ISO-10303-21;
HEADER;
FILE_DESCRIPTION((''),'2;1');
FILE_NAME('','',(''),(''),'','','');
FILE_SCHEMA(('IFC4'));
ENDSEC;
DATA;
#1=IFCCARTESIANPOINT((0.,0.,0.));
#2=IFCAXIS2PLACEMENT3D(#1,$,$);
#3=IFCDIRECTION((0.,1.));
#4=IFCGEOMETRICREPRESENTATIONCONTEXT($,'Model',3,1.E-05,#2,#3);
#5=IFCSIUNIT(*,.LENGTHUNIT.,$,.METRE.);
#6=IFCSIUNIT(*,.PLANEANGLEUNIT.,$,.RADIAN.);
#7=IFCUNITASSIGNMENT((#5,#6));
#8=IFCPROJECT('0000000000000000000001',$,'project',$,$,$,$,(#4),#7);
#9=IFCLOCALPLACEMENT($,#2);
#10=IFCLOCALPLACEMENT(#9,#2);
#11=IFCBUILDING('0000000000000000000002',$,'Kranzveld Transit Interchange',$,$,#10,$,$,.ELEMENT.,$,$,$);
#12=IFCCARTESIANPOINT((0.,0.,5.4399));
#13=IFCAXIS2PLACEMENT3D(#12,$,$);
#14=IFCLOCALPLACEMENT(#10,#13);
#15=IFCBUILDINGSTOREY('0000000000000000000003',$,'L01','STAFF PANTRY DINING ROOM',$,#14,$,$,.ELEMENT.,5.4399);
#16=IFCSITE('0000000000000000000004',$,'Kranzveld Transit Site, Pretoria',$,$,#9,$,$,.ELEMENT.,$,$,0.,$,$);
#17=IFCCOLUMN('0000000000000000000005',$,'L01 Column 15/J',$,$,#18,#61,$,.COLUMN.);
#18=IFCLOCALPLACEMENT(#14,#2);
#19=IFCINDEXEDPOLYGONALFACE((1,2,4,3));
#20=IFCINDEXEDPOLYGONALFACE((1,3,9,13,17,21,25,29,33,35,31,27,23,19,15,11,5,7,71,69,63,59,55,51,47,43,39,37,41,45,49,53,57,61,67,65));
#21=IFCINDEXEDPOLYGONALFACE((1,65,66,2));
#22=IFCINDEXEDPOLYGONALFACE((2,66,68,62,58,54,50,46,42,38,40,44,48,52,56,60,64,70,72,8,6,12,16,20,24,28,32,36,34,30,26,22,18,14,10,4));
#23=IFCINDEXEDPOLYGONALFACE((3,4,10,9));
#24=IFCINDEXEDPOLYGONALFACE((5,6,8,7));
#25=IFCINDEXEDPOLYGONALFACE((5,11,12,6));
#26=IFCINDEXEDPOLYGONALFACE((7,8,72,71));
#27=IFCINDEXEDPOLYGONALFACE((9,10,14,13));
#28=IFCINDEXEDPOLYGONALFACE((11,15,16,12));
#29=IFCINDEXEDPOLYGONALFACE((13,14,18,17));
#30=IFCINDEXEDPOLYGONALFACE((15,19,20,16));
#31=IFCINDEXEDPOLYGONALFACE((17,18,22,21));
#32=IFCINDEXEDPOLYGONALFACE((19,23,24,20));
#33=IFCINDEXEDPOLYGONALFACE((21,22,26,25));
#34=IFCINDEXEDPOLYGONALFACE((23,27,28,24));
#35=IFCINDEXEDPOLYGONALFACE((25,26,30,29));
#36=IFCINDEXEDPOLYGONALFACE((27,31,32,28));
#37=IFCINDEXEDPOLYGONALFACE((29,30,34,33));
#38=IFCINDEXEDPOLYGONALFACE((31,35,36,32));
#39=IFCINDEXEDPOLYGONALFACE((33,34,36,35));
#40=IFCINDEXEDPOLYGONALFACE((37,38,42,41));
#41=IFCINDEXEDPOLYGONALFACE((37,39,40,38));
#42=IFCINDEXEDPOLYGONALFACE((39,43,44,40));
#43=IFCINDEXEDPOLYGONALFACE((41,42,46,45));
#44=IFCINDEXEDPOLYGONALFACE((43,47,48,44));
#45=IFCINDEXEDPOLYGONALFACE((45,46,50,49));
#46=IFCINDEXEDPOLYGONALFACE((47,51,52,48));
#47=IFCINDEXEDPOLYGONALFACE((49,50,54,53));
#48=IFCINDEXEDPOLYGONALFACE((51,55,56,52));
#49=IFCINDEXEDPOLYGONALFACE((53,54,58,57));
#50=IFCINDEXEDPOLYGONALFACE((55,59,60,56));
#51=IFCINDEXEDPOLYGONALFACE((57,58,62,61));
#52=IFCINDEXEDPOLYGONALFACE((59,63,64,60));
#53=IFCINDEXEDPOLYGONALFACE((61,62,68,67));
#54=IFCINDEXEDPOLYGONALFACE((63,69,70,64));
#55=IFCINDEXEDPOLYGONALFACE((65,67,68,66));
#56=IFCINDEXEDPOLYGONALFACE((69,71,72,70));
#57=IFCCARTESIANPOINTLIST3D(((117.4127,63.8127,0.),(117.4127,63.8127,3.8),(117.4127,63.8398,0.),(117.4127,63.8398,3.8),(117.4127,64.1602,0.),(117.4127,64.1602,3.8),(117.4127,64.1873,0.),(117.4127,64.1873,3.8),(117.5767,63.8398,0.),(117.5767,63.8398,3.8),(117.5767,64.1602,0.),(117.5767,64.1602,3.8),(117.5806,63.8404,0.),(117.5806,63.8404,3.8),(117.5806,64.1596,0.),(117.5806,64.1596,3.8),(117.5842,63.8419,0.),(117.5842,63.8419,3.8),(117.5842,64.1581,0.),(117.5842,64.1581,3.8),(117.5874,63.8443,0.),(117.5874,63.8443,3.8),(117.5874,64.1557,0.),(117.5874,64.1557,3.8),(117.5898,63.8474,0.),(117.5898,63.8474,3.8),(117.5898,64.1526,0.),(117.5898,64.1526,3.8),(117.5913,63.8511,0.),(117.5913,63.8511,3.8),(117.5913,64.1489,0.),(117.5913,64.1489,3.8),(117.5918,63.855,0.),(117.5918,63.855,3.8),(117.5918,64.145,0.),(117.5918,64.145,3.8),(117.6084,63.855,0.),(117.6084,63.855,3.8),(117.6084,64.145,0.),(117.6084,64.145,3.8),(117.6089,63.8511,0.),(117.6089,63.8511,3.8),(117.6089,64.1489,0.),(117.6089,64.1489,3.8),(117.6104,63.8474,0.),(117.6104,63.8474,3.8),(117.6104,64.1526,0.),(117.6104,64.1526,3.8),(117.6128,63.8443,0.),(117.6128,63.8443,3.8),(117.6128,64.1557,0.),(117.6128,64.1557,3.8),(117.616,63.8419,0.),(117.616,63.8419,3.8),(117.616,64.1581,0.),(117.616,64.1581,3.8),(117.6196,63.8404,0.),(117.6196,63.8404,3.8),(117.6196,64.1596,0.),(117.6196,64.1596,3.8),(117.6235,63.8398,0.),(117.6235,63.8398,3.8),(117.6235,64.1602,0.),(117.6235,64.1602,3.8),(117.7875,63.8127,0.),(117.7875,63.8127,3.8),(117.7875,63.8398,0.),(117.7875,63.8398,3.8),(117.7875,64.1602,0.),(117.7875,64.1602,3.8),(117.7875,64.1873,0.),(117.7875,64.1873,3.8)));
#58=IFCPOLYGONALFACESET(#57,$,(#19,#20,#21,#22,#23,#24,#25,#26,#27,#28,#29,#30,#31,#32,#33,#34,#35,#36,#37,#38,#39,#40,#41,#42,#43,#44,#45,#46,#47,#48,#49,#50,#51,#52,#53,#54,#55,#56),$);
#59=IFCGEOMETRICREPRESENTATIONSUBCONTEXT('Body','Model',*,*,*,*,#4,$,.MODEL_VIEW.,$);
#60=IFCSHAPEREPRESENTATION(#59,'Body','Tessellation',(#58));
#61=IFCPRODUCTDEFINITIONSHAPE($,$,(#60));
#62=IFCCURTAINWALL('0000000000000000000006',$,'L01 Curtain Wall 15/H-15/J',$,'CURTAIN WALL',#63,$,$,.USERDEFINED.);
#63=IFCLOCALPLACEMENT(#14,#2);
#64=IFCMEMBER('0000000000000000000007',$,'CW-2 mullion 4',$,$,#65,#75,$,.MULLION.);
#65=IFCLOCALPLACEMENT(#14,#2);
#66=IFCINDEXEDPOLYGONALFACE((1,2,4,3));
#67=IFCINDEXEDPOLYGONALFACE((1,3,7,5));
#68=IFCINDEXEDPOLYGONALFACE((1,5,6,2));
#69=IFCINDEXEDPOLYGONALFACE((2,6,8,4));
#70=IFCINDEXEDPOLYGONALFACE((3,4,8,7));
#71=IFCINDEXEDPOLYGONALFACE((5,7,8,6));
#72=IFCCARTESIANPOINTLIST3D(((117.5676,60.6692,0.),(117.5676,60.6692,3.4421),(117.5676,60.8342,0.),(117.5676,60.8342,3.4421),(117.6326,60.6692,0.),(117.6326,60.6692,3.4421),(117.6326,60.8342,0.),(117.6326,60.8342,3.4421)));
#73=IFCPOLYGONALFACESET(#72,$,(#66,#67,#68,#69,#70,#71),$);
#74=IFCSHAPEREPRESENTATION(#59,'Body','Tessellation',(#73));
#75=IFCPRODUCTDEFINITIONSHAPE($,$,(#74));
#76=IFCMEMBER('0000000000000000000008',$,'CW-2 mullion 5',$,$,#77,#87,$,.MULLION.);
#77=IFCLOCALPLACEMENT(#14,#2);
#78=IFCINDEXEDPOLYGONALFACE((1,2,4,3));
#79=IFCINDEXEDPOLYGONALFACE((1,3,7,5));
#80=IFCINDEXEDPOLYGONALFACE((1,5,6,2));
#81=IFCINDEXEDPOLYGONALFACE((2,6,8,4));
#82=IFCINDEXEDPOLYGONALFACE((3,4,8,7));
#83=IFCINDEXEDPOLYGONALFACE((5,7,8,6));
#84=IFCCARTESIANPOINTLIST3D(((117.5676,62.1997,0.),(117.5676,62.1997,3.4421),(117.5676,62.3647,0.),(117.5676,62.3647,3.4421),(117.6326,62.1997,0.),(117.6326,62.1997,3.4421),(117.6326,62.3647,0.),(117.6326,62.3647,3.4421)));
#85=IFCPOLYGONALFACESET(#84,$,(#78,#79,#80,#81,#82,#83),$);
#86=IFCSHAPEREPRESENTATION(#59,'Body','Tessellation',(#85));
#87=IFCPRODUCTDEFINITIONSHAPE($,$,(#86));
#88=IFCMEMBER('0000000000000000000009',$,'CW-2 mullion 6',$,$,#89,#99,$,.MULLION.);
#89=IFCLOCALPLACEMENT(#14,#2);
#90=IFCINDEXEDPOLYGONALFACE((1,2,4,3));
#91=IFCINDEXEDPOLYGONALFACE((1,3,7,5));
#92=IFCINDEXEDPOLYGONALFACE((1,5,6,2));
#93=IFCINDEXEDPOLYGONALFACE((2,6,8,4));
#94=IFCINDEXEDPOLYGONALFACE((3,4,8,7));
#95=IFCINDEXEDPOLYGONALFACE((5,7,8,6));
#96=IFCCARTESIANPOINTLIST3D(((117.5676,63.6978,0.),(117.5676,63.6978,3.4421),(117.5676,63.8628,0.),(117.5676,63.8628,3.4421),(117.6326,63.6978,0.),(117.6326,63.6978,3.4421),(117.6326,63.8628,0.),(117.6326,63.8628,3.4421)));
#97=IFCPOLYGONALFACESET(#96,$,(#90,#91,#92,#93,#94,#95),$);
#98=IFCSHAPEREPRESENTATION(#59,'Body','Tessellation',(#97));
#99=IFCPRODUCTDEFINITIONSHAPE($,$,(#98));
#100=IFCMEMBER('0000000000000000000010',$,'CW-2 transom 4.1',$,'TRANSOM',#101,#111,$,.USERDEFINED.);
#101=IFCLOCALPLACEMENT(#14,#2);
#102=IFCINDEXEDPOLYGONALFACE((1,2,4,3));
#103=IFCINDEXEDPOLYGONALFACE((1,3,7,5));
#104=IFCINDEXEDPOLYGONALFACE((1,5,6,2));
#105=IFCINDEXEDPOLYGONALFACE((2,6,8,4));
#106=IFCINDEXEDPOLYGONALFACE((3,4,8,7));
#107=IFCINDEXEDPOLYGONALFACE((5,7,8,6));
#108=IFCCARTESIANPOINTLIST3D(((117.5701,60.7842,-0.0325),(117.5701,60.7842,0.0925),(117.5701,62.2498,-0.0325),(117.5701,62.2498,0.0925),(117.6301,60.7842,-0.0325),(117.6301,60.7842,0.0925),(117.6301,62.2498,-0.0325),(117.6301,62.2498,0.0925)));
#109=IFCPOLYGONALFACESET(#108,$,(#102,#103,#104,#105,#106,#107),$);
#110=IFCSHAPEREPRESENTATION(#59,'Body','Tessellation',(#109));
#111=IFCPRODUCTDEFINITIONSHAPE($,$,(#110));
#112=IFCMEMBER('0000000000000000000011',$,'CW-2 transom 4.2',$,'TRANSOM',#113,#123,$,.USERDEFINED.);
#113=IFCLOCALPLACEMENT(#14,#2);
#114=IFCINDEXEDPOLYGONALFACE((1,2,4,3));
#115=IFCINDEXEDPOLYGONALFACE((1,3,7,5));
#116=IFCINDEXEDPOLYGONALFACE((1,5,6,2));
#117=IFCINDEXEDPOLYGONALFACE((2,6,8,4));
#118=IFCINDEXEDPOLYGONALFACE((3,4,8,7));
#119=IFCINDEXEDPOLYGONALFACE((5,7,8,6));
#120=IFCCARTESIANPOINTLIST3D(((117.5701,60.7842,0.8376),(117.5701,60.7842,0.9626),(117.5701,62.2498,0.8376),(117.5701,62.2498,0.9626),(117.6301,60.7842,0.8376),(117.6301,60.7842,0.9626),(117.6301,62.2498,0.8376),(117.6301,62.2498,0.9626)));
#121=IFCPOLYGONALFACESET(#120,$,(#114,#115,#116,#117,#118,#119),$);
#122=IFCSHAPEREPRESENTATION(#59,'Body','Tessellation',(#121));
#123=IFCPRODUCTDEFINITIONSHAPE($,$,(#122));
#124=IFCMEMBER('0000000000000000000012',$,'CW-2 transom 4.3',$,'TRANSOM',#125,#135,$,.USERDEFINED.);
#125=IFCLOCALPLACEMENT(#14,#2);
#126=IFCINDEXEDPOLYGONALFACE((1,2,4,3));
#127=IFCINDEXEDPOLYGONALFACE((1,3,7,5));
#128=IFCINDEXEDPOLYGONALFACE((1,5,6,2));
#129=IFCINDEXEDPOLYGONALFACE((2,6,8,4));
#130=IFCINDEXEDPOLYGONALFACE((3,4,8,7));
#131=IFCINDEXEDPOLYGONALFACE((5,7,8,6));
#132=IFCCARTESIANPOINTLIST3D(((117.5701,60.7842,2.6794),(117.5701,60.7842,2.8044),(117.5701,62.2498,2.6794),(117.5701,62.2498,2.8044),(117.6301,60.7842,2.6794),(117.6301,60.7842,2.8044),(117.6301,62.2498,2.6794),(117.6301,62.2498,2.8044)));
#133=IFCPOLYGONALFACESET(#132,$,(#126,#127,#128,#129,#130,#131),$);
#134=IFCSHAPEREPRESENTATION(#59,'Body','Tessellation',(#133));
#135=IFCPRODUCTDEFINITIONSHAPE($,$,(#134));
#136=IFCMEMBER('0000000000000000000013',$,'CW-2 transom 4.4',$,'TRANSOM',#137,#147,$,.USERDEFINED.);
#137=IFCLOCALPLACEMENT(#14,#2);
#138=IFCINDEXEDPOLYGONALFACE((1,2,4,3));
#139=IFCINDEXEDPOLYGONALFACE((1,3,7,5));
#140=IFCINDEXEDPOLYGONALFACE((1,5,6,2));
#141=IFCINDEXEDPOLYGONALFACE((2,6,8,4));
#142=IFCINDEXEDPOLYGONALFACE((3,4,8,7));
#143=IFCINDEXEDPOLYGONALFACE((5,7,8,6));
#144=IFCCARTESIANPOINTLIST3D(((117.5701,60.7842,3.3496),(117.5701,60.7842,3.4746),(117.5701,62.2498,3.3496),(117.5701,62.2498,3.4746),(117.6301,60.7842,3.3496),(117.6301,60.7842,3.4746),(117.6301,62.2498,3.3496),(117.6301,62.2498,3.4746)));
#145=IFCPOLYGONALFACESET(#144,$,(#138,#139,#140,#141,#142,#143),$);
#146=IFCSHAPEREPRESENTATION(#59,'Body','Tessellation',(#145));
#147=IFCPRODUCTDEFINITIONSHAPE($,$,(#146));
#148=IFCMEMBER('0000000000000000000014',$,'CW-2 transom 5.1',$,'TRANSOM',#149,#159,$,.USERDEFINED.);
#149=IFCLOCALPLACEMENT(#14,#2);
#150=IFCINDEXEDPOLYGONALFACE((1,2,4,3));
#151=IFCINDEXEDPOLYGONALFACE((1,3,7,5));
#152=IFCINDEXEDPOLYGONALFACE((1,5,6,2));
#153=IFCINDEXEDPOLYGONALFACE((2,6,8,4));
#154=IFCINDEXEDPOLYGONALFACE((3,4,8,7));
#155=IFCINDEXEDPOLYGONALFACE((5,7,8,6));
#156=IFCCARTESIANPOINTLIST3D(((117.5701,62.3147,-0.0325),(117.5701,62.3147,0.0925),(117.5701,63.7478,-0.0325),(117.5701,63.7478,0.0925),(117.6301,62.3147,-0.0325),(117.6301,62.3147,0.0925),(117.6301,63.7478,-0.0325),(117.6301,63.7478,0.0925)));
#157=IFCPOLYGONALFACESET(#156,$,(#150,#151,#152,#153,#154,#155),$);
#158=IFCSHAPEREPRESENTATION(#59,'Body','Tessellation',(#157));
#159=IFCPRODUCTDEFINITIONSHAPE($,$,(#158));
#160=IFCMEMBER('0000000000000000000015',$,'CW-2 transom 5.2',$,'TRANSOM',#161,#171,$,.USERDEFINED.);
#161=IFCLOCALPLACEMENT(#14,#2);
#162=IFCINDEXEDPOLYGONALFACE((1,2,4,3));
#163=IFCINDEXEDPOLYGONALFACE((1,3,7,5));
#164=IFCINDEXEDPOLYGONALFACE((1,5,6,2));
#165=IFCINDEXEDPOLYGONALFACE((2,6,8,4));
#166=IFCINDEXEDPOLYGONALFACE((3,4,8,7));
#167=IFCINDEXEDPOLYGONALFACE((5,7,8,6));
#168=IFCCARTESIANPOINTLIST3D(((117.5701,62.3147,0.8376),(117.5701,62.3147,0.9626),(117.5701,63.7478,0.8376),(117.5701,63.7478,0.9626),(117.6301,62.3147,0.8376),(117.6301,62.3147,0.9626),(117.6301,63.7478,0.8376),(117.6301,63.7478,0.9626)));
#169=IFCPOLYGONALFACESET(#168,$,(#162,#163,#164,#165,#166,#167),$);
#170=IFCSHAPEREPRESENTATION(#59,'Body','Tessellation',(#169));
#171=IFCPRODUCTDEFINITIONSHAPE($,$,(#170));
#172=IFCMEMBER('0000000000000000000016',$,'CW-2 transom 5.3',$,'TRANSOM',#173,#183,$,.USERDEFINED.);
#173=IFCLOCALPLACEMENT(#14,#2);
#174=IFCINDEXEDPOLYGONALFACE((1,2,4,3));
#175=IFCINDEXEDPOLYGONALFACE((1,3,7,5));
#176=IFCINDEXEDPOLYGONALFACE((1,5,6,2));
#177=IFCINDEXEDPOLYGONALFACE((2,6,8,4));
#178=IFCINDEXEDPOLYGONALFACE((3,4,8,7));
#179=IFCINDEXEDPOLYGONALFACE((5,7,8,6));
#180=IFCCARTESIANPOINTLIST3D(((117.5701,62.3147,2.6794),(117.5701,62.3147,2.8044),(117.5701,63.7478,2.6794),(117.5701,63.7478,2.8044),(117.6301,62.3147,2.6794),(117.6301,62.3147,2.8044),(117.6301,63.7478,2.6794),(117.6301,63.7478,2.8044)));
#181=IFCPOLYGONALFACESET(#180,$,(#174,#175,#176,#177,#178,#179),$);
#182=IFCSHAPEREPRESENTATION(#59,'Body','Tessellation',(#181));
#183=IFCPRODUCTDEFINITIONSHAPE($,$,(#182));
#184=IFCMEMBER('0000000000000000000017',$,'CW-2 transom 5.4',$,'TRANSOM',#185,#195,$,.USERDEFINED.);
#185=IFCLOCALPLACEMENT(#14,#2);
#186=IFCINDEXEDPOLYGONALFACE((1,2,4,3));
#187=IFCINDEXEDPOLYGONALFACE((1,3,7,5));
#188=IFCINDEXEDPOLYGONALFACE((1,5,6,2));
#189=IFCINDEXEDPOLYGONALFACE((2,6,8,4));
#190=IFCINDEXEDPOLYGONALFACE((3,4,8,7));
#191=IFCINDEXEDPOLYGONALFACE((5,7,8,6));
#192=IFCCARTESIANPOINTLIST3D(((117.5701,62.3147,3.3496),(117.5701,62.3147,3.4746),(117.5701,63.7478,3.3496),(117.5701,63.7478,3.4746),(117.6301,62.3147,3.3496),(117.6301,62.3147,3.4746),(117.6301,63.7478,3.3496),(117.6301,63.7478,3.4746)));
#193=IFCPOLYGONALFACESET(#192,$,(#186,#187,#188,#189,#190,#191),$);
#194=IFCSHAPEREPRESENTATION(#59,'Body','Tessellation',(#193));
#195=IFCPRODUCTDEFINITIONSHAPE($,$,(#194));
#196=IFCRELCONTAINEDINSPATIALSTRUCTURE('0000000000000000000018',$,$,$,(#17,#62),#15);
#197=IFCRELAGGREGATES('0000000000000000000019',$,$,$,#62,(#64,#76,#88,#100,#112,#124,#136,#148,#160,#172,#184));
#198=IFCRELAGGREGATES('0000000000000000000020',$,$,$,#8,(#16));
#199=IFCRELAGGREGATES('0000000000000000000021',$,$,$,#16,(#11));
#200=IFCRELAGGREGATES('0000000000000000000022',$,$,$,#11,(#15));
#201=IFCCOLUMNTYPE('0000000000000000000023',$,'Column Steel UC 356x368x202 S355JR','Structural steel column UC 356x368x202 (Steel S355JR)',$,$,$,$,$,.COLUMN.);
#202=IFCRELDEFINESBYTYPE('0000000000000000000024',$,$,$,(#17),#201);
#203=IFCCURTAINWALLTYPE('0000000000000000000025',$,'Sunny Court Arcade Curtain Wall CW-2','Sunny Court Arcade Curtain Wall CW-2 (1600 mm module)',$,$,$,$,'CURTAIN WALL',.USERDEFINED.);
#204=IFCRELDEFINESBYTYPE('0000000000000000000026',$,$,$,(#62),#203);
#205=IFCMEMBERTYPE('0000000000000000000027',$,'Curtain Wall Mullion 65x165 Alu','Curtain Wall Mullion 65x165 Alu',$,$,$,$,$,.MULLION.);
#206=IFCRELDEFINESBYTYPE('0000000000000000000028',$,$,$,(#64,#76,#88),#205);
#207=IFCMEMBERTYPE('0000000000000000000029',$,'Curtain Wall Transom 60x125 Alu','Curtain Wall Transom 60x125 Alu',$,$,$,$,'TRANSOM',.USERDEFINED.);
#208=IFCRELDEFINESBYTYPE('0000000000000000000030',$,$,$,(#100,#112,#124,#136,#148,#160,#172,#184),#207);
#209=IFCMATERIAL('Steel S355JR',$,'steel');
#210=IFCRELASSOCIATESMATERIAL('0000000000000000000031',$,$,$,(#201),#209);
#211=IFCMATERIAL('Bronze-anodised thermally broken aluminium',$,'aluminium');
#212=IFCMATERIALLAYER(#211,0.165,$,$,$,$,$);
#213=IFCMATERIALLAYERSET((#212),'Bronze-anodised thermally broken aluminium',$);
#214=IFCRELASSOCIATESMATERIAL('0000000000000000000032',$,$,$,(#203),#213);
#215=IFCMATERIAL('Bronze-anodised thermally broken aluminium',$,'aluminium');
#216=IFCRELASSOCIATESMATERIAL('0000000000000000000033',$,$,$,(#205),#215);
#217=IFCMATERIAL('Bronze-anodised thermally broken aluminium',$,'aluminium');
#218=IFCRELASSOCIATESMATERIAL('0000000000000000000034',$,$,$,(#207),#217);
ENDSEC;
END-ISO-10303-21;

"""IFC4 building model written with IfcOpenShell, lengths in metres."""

from ifc_helpers import new_model, si_unit, direction, frame, origin, origin_2d, place, context, subcontext, project, spatial, rectangle, i_section, extrude, material, layer, layer_set, material_profile, profile_set, type_object, element, aggregate, save


model = new_model("IFC4")

# Units and contexts
model_context = context("Model", 3, precision=1e-05, world=origin(), true_north=direction((0.0, 1.0)))
body_context = subcontext(model_context, "Body", "Model", "MODEL_VIEW")
ifc_project = project(units=[si_unit("LENGTHUNIT", "METRE"), si_unit("PLANEANGLEUNIT", "RADIAN")], contexts=[model_context])

# Site, building, storey
site_placement = place(None, origin())
site = spatial("IfcSite", under=ifc_project, at=site_placement, Name="Kranzveld Transit Site, Pretoria", CompositionType="ELEMENT", RefElevation=0.0)
building_placement = place(site_placement, origin())
building = spatial("IfcBuilding", under=site, at=building_placement, Name="Kranzveld Transit Interchange", CompositionType="ELEMENT")
storey_placement = place(building_placement, frame((0.0, 0.0, 5.4399)))
storey = spatial("IfcBuildingStorey", under=building, at=storey_placement, Name="L01", Description="STAFF PANTRY DINING ROOM", CompositionType="ELEMENT", Elevation=5.4399)

# Column
ifc_material_1 = material(Name="Steel S355JR", Category="steel")
ifc_material_profile_1 = material_profile(ifc_material_1, i_section(OverallWidth=0.3748, OverallDepth=0.3745, WebThickness=0.0166, FlangeThickness=0.0271, FilletRadius=0.0151, at=origin_2d()), Name="UC 356x368x202")
ifc_profile_set_1 = profile_set([ifc_material_profile_1], Name="Steel S355JR")
column_type = type_object("IfcColumnType", Name="Column Steel UC 356x368x202 S355JR", Description="Structural steel column UC 356x368x202 (Steel S355JR)", PredefinedType="COLUMN", material=ifc_profile_set_1)
column_placement = place(storey_placement, frame((117.6001, 64.0, 0.0), z_axis=(0.0, 0.0, 1.0), x_axis=(1.0, 0.0, 0.0)))
element("IfcColumn", 1, at=column_placement, inside=storey, type_object=column_type, Name="L01 Column 15/J", PredefinedType="COLUMN", context=body_context, shape_type="SweptSolid", body=[
    extrude(i_section(OverallWidth=0.3748, OverallDepth=0.3745, WebThickness=0.0166, FlangeThickness=0.0271, FilletRadius=0.0151, at=origin_2d()), origin(), (0.0, 0.0, 1.0), 3.8),
])

# Curtain wall, members
ifc_material_2 = material(Name="Bronze-anodised thermally broken aluminium", Category="aluminium")
ifc_layer_1 = layer(ifc_material_2, 0.165)
ifc_layer_set_1 = layer_set([ifc_layer_1], Name="Bronze-anodised thermally broken aluminium")
curtain_wall_type = type_object("IfcCurtainWallType", Name="Sunny Court Arcade Curtain Wall CW-2", Description="Sunny Court Arcade Curtain Wall CW-2 (1600 mm module)", ElementType="CURTAIN WALL", PredefinedType="USERDEFINED", material=ifc_layer_set_1)
curtain_wall_placement = place(storey_placement, origin())
curtain_wall = element("IfcCurtainWall", 2, at=curtain_wall_placement, inside=storey, type_object=curtain_wall_type, Name="L01 Curtain Wall 15/H-15/J", ObjectType="CURTAIN WALL", PredefinedType="USERDEFINED")
ifc_material_3 = material(Name="Bronze-anodised thermally broken aluminium", Category="aluminium")
ifc_material_profile_2 = material_profile(ifc_material_3, rectangle(XDim=0.0649, YDim=0.165, at=origin_2d()), Name="ALU MULLION 65x165")
ifc_profile_set_2 = profile_set([ifc_material_profile_2], Name="Bronze-anodised thermally broken aluminium")
member_type_1 = type_object("IfcMemberType", Name="Curtain Wall Mullion 65x165 Alu", Description="Curtain Wall Mullion 65x165 Alu", PredefinedType="MULLION", material=ifc_profile_set_2)
member_1_placement = place(storey_placement, frame((117.6001, 60.7517, 0.0), z_axis=(0.0, 0.0, 1.0), x_axis=(-1.0, 0.0, 0.0)))
member_1 = element("IfcMember", 3, at=member_1_placement, type_object=member_type_1, Name="CW-2 mullion 4", PredefinedType="MULLION", context=body_context, shape_type="SweptSolid", body=[
    extrude(rectangle(XDim=0.0649, YDim=0.165, at=origin_2d()), origin(), (0.0, 0.0, 1.0), 3.4421),
])
member_2_placement = place(storey_placement, frame((117.6001, 62.2822, 0.0), z_axis=(0.0, 0.0, 1.0), x_axis=(-1.0, 0.0, 0.0)))
member_2 = element("IfcMember", 4, at=member_2_placement, type_object=member_type_1, Name="CW-2 mullion 5", PredefinedType="MULLION", context=body_context, shape_type="SweptSolid", body=[
    extrude(rectangle(XDim=0.0649, YDim=0.165, at=origin_2d()), origin(), (0.0, 0.0, 1.0), 3.4421),
])
member_3_placement = place(storey_placement, frame((117.6001, 63.7803, 0.0), z_axis=(0.0, 0.0, 1.0), x_axis=(-1.0, 0.0, 0.0)))
member_3 = element("IfcMember", 5, at=member_3_placement, type_object=member_type_1, Name="CW-2 mullion 6", PredefinedType="MULLION", context=body_context, shape_type="SweptSolid", body=[
    extrude(rectangle(XDim=0.0649, YDim=0.165, at=origin_2d()), origin(), (0.0, 0.0, 1.0), 3.4421),
])
ifc_material_4 = material(Name="Bronze-anodised thermally broken aluminium", Category="aluminium")
ifc_material_profile_3 = material_profile(ifc_material_4, rectangle(XDim=0.0601, YDim=0.125, at=origin_2d()), Name="ALU TRANSOM 60x125")
ifc_profile_set_3 = profile_set([ifc_material_profile_3], Name="Bronze-anodised thermally broken aluminium")
member_type_2 = type_object("IfcMemberType", Name="Curtain Wall Transom 60x125 Alu", Description="Curtain Wall Transom 60x125 Alu", ElementType="TRANSOM", PredefinedType="USERDEFINED", material=ifc_profile_set_3)
member_4_placement = place(storey_placement, frame((117.6001, 60.7842, 0.03), z_axis=(0.0, 1.0, 0.0), x_axis=(-1.0, 0.0, 0.0)))
member_4 = element("IfcMember", 6, at=member_4_placement, type_object=member_type_2, Name="CW-2 transom 4.1", ObjectType="TRANSOM", PredefinedType="USERDEFINED", context=body_context, shape_type="SweptSolid", body=[
    extrude(rectangle(XDim=0.0601, YDim=0.125, at=origin_2d()), origin(), (0.0, 0.0, 1.0), 1.4656),
])
member_5_placement = place(storey_placement, frame((117.6001, 60.7842, 0.9001), z_axis=(0.0, 1.0, 0.0), x_axis=(-1.0, 0.0, 0.0)))
member_5 = element("IfcMember", 7, at=member_5_placement, type_object=member_type_2, Name="CW-2 transom 4.2", ObjectType="TRANSOM", PredefinedType="USERDEFINED", context=body_context, shape_type="SweptSolid", body=[
    extrude(rectangle(XDim=0.0601, YDim=0.125, at=origin_2d()), origin(), (0.0, 0.0, 1.0), 1.4656),
])
member_6_placement = place(storey_placement, frame((117.6001, 60.7842, 2.7419), z_axis=(0.0, 1.0, 0.0), x_axis=(-1.0, 0.0, 0.0)))
member_6 = element("IfcMember", 8, at=member_6_placement, type_object=member_type_2, Name="CW-2 transom 4.3", ObjectType="TRANSOM", PredefinedType="USERDEFINED", context=body_context, shape_type="SweptSolid", body=[
    extrude(rectangle(XDim=0.0601, YDim=0.125, at=origin_2d()), origin(), (0.0, 0.0, 1.0), 1.4656),
])
member_7_placement = place(storey_placement, frame((117.6001, 60.7842, 3.4121), z_axis=(0.0, 1.0, 0.0), x_axis=(-1.0, 0.0, 0.0)))
member_7 = element("IfcMember", 9, at=member_7_placement, type_object=member_type_2, Name="CW-2 transom 4.4", ObjectType="TRANSOM", PredefinedType="USERDEFINED", context=body_context, shape_type="SweptSolid", body=[
    extrude(rectangle(XDim=0.0601, YDim=0.125, at=origin_2d()), origin(), (0.0, 0.0, 1.0), 1.4656),
])
member_8_placement = place(storey_placement, frame((117.6001, 62.3147, 0.03), z_axis=(0.0, 1.0, 0.0), x_axis=(-1.0, 0.0, 0.0)))
member_8 = element("IfcMember", 10, at=member_8_placement, type_object=member_type_2, Name="CW-2 transom 5.1", ObjectType="TRANSOM", PredefinedType="USERDEFINED", context=body_context, shape_type="SweptSolid", body=[
    extrude(rectangle(XDim=0.0601, YDim=0.125, at=origin_2d()), origin(), (0.0, 0.0, 1.0), 1.4331),
])
member_9_placement = place(storey_placement, frame((117.6001, 62.3147, 0.9001), z_axis=(0.0, 1.0, 0.0), x_axis=(-1.0, 0.0, 0.0)))
member_9 = element("IfcMember", 11, at=member_9_placement, type_object=member_type_2, Name="CW-2 transom 5.2", ObjectType="TRANSOM", PredefinedType="USERDEFINED", context=body_context, shape_type="SweptSolid", body=[
    extrude(rectangle(XDim=0.0601, YDim=0.125, at=origin_2d()), origin(), (0.0, 0.0, 1.0), 1.4331),
])
member_10_placement = place(storey_placement, frame((117.6001, 62.3147, 2.7419), z_axis=(0.0, 1.0, 0.0), x_axis=(-1.0, 0.0, 0.0)))
member_10 = element("IfcMember", 12, at=member_10_placement, type_object=member_type_2, Name="CW-2 transom 5.3", ObjectType="TRANSOM", PredefinedType="USERDEFINED", context=body_context, shape_type="SweptSolid", body=[
    extrude(rectangle(XDim=0.0601, YDim=0.125, at=origin_2d()), origin(), (0.0, 0.0, 1.0), 1.4331),
])
member_11_placement = place(storey_placement, frame((117.6001, 62.3147, 3.4121), z_axis=(0.0, 1.0, 0.0), x_axis=(-1.0, 0.0, 0.0)))
member_11 = element("IfcMember", 13, at=member_11_placement, type_object=member_type_2, Name="CW-2 transom 5.4", ObjectType="TRANSOM", PredefinedType="USERDEFINED", context=body_context, shape_type="SweptSolid", body=[
    extrude(rectangle(XDim=0.0601, YDim=0.125, at=origin_2d()), origin(), (0.0, 0.0, 1.0), 1.4331),
])

aggregate(curtain_wall, [member_1, member_2, member_3, member_4, member_5, member_6, member_7, member_8, member_9, member_10, member_11])

save(model, "model.ifc")
